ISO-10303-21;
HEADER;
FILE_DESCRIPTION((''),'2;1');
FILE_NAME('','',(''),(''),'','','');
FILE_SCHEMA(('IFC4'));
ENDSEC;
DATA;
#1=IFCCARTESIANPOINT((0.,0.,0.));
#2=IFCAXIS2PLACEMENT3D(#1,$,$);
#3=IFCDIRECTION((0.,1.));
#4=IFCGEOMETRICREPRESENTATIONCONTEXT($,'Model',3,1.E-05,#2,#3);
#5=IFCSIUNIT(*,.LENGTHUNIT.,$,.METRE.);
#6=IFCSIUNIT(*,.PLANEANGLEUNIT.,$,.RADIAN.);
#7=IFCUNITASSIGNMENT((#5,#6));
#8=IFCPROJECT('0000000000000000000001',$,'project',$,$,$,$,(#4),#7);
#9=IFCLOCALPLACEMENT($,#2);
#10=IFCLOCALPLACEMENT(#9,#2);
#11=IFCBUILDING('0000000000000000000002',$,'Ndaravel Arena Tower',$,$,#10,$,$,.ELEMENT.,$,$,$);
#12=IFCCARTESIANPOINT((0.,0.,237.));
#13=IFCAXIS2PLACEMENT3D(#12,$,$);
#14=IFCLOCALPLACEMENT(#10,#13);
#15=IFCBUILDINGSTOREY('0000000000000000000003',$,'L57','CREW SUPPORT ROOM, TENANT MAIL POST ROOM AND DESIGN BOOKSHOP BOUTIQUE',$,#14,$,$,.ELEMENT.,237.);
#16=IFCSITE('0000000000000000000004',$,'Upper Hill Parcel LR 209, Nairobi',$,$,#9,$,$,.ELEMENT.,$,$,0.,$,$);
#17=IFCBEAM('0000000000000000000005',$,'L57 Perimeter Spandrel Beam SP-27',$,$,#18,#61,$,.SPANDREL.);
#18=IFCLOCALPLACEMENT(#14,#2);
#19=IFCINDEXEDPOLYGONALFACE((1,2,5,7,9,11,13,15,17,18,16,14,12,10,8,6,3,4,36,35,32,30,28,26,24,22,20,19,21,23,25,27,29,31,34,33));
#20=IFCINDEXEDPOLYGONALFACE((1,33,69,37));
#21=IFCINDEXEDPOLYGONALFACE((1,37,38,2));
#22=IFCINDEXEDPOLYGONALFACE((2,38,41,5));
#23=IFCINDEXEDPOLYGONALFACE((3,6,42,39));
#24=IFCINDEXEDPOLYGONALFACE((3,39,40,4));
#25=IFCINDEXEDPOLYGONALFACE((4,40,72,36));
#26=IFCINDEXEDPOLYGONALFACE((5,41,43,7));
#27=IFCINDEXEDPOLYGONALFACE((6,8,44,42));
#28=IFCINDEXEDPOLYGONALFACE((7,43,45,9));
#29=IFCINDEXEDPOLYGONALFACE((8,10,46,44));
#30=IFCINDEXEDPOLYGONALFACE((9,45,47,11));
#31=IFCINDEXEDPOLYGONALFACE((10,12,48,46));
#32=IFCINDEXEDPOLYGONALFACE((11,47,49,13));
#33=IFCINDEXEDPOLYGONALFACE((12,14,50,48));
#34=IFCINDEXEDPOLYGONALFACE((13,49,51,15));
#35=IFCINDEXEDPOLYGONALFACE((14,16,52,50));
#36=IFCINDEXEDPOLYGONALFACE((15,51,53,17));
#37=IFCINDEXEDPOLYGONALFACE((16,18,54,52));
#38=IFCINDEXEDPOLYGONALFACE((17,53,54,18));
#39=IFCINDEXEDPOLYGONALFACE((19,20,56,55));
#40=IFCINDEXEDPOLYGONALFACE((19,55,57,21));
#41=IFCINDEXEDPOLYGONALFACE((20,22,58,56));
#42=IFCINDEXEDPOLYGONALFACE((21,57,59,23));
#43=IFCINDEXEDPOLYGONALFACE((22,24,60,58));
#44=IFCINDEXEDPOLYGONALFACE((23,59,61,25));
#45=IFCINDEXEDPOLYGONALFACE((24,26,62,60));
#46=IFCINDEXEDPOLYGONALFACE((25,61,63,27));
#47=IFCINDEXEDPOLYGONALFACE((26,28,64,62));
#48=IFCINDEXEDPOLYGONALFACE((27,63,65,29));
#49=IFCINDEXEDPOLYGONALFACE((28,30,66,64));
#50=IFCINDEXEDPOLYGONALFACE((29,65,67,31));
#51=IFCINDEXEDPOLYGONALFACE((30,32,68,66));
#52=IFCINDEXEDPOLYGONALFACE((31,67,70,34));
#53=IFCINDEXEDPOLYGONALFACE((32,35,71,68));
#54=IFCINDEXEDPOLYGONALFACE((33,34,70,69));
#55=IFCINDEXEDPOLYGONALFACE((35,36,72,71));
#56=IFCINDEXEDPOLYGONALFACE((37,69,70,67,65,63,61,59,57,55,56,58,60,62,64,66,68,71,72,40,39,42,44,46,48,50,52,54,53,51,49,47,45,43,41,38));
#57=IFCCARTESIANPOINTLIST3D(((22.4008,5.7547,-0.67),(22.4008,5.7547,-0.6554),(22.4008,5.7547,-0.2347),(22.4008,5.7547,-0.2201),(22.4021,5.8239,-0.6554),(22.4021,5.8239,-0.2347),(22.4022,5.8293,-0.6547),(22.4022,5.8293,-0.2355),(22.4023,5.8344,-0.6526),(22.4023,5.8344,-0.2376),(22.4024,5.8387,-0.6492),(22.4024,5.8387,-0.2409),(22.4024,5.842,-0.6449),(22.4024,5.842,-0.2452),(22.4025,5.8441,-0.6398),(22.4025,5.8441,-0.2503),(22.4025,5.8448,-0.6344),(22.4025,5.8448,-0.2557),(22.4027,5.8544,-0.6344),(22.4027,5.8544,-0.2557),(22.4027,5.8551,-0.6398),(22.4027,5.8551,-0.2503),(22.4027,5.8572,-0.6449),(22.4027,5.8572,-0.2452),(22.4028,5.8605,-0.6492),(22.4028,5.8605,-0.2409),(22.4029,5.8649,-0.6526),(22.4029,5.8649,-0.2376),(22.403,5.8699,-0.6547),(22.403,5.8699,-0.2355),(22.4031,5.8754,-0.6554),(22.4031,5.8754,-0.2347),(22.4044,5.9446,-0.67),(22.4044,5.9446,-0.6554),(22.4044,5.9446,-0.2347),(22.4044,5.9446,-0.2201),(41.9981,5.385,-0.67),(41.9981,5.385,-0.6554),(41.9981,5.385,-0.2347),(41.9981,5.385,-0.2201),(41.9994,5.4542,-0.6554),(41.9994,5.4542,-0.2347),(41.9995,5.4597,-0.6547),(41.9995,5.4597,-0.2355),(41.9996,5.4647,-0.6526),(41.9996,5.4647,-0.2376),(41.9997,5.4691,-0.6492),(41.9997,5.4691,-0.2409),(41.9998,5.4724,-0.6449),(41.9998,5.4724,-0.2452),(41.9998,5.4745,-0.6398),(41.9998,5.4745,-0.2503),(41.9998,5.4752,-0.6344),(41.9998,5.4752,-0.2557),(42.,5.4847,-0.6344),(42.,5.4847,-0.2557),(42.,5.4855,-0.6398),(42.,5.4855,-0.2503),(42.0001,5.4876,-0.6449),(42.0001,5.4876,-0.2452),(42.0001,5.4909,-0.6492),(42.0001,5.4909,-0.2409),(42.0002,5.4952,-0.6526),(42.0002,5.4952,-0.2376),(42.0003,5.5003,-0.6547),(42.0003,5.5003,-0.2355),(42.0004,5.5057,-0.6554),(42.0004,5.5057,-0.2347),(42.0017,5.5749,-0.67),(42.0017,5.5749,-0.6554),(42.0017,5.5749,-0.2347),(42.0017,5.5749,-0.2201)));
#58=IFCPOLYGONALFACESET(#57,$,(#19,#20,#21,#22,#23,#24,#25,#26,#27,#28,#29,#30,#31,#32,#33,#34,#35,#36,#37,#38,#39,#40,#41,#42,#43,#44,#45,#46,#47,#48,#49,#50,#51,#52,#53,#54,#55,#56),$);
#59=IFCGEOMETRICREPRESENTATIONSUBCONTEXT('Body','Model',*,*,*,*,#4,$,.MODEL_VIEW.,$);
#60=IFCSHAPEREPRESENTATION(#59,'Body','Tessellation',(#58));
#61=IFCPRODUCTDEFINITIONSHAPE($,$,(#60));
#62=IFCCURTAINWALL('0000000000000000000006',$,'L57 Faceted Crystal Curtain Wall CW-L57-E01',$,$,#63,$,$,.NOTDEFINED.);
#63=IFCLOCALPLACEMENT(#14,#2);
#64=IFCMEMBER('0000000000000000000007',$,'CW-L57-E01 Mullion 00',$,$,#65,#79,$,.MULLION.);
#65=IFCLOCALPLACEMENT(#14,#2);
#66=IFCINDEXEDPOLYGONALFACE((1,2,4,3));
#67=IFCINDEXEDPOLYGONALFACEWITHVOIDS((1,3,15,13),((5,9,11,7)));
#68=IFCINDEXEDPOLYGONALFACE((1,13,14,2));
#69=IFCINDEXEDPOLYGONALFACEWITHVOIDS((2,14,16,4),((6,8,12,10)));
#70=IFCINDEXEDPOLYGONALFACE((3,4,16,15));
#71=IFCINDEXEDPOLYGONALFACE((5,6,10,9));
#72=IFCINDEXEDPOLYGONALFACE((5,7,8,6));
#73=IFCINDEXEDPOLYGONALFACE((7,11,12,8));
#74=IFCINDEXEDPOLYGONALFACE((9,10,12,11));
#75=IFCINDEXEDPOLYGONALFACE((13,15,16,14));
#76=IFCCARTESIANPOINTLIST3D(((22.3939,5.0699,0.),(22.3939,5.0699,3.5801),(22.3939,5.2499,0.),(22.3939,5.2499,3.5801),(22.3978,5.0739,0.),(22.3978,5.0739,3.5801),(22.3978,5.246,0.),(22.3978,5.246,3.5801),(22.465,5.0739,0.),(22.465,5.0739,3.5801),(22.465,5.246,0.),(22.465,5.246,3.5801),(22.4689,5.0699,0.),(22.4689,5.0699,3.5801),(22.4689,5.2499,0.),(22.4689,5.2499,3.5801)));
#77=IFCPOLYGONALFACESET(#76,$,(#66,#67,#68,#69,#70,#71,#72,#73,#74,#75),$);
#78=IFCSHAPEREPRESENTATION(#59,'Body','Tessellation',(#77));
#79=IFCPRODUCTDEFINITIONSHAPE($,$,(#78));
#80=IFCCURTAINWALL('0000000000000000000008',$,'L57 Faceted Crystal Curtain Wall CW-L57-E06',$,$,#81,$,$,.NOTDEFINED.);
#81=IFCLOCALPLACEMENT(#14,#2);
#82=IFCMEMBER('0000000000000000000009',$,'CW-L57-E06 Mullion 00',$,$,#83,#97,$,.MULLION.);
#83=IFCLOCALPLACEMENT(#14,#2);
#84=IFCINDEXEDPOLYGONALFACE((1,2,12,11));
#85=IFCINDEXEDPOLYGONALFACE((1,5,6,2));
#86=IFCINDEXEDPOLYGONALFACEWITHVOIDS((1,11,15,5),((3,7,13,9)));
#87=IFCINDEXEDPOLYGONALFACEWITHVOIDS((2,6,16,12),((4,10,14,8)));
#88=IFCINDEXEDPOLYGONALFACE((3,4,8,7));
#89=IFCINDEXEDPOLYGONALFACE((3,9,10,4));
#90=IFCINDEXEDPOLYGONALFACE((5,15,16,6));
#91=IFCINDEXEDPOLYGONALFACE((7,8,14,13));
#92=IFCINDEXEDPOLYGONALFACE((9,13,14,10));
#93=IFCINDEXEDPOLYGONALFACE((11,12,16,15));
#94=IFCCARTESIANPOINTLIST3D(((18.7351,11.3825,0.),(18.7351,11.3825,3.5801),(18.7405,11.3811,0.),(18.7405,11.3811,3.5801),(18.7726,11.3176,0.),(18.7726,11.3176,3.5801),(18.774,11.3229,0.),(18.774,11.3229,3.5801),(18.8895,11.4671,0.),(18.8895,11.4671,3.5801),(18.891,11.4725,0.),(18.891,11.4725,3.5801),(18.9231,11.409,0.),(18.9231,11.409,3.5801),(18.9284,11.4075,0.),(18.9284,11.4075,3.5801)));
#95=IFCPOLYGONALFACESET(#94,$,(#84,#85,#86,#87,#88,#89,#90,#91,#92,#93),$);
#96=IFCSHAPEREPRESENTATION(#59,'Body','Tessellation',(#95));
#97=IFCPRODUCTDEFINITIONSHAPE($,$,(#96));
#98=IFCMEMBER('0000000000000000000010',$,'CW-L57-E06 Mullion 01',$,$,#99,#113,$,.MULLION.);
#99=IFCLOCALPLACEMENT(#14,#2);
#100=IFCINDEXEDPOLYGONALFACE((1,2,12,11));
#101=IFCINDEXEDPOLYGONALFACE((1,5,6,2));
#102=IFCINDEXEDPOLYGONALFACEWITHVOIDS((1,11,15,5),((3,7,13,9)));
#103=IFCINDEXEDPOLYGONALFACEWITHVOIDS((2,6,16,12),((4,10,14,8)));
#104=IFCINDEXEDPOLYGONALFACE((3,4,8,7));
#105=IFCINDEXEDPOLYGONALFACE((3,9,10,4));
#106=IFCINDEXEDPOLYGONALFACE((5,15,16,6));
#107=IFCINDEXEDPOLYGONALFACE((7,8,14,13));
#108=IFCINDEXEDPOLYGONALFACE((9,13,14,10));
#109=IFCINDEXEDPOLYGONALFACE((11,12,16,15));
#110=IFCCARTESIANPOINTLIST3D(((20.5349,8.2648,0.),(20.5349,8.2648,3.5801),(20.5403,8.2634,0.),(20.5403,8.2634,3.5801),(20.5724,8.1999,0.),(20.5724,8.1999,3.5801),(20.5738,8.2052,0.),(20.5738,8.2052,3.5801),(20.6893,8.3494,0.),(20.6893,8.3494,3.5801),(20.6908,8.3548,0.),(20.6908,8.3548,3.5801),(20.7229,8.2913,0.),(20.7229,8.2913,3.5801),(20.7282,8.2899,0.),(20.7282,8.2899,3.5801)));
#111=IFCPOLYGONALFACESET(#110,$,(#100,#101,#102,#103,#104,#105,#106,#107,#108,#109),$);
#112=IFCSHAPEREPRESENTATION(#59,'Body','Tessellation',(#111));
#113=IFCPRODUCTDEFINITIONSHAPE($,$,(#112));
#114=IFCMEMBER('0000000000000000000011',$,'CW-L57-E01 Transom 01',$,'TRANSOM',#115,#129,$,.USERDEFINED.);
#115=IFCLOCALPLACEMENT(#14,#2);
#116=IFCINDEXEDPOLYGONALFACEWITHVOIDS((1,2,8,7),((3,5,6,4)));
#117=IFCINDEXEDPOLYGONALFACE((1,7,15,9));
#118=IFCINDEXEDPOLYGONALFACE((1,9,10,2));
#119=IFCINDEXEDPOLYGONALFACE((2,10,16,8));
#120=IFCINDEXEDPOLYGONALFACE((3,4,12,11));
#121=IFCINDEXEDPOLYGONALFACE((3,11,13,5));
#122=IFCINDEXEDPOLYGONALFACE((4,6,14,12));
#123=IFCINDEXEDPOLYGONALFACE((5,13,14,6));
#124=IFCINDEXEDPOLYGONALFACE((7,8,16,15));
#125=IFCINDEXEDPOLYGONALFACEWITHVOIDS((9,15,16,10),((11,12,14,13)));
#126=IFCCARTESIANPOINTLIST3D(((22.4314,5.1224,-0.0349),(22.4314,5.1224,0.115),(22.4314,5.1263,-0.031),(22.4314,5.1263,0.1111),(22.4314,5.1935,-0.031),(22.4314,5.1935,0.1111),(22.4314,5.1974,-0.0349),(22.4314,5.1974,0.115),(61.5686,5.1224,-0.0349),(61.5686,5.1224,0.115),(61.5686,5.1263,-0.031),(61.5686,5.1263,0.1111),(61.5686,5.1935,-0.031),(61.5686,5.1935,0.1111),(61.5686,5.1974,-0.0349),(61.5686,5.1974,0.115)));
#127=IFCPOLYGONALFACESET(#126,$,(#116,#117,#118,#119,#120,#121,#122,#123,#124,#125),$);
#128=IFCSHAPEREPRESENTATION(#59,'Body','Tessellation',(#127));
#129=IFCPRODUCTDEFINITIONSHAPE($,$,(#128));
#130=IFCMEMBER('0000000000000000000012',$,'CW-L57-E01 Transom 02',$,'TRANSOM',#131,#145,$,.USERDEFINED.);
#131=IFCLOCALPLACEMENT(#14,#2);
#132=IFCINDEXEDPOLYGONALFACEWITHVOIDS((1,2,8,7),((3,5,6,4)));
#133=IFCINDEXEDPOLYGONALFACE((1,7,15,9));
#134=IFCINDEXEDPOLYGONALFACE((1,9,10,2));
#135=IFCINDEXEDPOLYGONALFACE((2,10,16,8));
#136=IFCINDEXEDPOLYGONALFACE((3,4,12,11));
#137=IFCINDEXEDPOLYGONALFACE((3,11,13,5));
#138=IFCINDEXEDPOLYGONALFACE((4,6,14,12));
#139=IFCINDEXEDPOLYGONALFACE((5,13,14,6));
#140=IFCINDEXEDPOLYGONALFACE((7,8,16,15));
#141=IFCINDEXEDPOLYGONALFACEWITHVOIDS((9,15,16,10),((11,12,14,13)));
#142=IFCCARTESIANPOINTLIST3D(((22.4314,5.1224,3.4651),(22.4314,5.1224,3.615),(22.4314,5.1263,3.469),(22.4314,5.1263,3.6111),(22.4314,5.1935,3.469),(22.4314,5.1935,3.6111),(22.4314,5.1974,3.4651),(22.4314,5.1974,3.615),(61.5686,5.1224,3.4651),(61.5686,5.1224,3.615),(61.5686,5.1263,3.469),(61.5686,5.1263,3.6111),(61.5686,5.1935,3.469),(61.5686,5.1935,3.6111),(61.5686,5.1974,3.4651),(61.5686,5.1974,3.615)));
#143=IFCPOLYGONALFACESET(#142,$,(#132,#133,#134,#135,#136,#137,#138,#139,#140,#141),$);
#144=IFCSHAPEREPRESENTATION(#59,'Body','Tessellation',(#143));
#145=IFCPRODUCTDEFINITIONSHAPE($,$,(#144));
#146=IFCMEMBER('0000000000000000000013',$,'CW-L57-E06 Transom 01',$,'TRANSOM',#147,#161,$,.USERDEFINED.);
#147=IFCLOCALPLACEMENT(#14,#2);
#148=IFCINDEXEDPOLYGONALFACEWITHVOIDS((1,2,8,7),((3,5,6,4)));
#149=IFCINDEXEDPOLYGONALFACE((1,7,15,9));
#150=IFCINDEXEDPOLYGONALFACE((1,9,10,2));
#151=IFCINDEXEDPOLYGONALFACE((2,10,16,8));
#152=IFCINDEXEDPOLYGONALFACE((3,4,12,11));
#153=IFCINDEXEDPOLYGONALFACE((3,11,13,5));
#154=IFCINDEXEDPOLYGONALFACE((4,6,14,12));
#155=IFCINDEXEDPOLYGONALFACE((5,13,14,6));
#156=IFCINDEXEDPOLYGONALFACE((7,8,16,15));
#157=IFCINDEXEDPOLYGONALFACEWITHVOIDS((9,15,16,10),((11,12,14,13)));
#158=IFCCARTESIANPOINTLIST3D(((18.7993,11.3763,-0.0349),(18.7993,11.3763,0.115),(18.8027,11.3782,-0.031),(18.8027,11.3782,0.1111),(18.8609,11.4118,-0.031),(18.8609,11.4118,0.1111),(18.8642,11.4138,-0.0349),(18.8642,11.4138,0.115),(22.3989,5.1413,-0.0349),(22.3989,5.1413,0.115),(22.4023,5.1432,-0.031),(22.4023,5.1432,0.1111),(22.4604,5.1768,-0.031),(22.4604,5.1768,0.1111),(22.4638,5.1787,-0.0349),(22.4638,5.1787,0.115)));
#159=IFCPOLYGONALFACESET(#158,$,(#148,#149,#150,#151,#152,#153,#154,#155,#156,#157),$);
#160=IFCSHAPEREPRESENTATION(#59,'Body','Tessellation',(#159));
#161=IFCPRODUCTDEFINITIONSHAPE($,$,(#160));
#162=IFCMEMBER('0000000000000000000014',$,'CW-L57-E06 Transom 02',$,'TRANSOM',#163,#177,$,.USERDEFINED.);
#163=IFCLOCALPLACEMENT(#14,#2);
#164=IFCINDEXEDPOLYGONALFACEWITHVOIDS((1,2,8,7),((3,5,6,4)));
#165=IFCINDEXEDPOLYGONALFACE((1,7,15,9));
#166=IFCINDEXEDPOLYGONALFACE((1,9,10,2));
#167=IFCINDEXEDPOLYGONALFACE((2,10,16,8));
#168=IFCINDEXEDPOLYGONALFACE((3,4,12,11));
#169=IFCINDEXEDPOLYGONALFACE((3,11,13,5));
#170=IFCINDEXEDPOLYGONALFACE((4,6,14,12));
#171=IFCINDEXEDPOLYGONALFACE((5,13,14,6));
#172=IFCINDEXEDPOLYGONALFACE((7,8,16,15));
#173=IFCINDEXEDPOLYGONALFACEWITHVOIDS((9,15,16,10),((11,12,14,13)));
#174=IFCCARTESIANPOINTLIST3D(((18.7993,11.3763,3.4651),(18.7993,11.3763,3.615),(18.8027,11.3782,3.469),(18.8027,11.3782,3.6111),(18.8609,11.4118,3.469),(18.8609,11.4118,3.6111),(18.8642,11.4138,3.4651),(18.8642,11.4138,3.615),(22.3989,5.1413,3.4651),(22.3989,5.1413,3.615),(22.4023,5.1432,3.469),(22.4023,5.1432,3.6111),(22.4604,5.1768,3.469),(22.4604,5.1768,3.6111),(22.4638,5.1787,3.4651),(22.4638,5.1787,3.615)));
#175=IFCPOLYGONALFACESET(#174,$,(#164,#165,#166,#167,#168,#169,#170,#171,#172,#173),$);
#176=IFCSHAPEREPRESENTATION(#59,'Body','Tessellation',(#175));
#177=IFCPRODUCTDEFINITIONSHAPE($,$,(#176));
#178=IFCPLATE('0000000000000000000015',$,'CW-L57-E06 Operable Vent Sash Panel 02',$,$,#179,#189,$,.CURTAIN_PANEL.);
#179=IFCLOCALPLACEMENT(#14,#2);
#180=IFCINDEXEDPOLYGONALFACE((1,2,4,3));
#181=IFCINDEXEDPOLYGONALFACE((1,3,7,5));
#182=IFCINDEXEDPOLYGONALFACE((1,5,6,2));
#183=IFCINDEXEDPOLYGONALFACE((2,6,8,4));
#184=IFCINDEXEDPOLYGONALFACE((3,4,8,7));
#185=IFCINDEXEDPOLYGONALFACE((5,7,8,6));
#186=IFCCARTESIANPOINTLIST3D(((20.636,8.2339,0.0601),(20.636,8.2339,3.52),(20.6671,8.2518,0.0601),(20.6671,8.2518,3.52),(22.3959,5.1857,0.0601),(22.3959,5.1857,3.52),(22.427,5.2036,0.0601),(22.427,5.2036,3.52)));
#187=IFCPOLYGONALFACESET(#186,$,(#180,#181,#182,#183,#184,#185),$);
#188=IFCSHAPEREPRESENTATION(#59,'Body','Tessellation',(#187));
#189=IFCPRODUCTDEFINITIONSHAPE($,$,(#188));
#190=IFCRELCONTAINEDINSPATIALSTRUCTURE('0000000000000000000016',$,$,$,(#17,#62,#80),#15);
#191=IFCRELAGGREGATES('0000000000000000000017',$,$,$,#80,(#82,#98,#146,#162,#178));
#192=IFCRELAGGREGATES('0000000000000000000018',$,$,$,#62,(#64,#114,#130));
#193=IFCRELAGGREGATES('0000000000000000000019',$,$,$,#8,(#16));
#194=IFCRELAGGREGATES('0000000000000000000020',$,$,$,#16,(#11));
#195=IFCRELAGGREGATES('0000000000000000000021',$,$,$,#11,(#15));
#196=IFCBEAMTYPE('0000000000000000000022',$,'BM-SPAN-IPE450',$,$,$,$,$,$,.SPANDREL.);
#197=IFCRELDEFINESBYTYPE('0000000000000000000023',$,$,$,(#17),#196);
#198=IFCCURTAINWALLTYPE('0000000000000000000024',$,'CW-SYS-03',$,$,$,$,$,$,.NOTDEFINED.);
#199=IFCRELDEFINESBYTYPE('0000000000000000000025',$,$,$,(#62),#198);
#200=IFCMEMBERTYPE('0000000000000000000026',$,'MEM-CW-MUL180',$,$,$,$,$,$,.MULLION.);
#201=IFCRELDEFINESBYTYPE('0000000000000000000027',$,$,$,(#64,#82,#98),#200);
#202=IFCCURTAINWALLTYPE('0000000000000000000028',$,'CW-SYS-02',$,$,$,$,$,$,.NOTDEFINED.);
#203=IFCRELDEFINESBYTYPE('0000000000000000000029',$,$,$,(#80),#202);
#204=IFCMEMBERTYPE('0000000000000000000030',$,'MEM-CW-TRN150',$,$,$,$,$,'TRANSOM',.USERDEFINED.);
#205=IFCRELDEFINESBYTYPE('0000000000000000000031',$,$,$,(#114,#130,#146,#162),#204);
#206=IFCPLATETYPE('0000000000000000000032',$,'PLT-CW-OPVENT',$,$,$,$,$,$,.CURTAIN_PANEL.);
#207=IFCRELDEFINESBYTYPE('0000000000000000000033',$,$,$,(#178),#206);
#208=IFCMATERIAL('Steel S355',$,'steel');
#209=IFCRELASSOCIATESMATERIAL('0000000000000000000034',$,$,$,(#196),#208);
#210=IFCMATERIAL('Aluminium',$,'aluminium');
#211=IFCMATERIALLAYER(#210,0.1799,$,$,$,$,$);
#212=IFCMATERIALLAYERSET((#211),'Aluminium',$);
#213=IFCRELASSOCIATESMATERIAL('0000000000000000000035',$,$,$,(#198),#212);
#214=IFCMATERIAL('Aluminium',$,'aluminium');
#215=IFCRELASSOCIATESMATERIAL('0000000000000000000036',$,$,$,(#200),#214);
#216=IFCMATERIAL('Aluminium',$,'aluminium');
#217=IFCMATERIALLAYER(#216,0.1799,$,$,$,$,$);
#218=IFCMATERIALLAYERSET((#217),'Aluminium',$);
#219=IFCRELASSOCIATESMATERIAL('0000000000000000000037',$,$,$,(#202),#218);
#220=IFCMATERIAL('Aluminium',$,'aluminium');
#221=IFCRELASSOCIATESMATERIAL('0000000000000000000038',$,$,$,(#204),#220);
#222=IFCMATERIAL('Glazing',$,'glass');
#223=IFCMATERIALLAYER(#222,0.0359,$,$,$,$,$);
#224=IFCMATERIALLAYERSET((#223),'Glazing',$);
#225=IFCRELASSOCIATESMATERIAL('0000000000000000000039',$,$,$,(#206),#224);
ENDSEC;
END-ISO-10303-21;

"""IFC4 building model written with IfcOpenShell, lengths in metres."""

from ifc_helpers import new_model, si_unit, direction, frame, origin, origin_2d, place, context, subcontext, project, spatial, rectangle, hollow_rectangle, i_section, extrude, material, layer, layer_set, material_profile, profile_set, type_object, element, aggregate, save


model = new_model("IFC4")

# Units and contexts
model_context = context("Model", 3, precision=1e-05, world=origin(), true_north=direction((0.0, 1.0)))
body_context = subcontext(model_context, "Body", "Model", "MODEL_VIEW")
ifc_project = project(units=[si_unit("LENGTHUNIT", "METRE"), si_unit("PLANEANGLEUNIT", "RADIAN")], contexts=[model_context])

# Site, building, storey
site_placement = place(None, origin())
site = spatial("IfcSite", under=ifc_project, at=site_placement, Name="Upper Hill Parcel LR 209, Nairobi", CompositionType="ELEMENT", RefElevation=0.0)
building_placement = place(site_placement, origin())
building = spatial("IfcBuilding", under=site, at=building_placement, Name="Ndaravel Arena Tower", CompositionType="ELEMENT")
storey_placement = place(building_placement, frame((0.0, 0.0, 237.0)))
storey = spatial("IfcBuildingStorey", under=building, at=storey_placement, Name="L57", Description="CREW SUPPORT ROOM, TENANT MAIL POST ROOM AND DESIGN BOOKSHOP BOUTIQUE", CompositionType="ELEMENT", Elevation=237.0)

# Beam
ifc_material_1 = material(Name="Steel S355", Category="steel")
ifc_material_profile_1 = material_profile(ifc_material_1, i_section(OverallWidth=0.1899, OverallDepth=0.45, WebThickness=0.0095, FlangeThickness=0.0146, FilletRadius=0.021, at=origin_2d()), Name="IPE 450")
ifc_profile_set_1 = profile_set([ifc_material_profile_1], Name="Steel S355")
beam_type = type_object("IfcBeamType", Name="BM-SPAN-IPE450", PredefinedType="SPANDREL", material=ifc_profile_set_1)
beam_1_placement = place(storey_placement, frame((22.4026, 5.8496, -0.4451), z_axis=(0.999822, -0.018858, 0.0), x_axis=(0.018858, 0.999822, 0.0)))
element("IfcBeam", 1, at=beam_1_placement, inside=storey, type_object=beam_type, Name="L57 Perimeter Spandrel Beam SP-27", PredefinedType="SPANDREL", context=body_context, shape_type="SweptSolid", body=[
    extrude(i_section(OverallWidth=0.1899, OverallDepth=0.45, WebThickness=0.0095, FlangeThickness=0.0146, FilletRadius=0.021, at=origin_2d()), origin(), (0.0, 0.0, 1.0), 19.6008),
])

# Curtain wall, member
ifc_material_2 = material(Name="Aluminium", Category="aluminium")
ifc_layer_1 = layer(ifc_material_2, 0.1799)
ifc_layer_set_1 = layer_set([ifc_layer_1], Name="Aluminium")
curtain_wall_type_1 = type_object("IfcCurtainWallType", Name="CW-SYS-03", PredefinedType="NOTDEFINED", material=ifc_layer_set_1)
curtain_wall_1_placement = place(storey_placement, origin())
curtain_wall_1 = element("IfcCurtainWall", 2, at=curtain_wall_1_placement, inside=storey, type_object=curtain_wall_type_1, Name="L57 Faceted Crystal Curtain Wall CW-L57-E01", PredefinedType="NOTDEFINED")
ifc_material_3 = material(Name="Aluminium", Category="aluminium")
ifc_material_profile_2 = material_profile(ifc_material_3, hollow_rectangle(XDim=0.075, YDim=0.1799, WallThickness=0.0039, at=origin_2d()), Name="CW MULLION 75x180x4")
ifc_profile_set_2 = profile_set([ifc_material_profile_2], Name="Aluminium")
member_type_1 = type_object("IfcMemberType", Name="MEM-CW-MUL180", PredefinedType="MULLION", material=ifc_profile_set_2)
member_1_placement = place(storey_placement, frame((22.4314, 5.1599, 0.0), z_axis=(0.0, 0.0, 1.0), x_axis=(1.0, 0.0, 0.0)))
member_1 = element("IfcMember", 3, at=member_1_placement, type_object=member_type_1, Name="CW-L57-E01 Mullion 00", PredefinedType="MULLION", context=body_context, shape_type="SweptSolid", body=[
    extrude(hollow_rectangle(XDim=0.075, YDim=0.1799, WallThickness=0.0039, at=origin_2d()), origin(), (0.0, 0.0, 1.0), 3.5801),
])

# Curtain wall, members
ifc_material_4 = material(Name="Aluminium", Category="aluminium")
ifc_layer_2 = layer(ifc_material_4, 0.1799)
ifc_layer_set_2 = layer_set([ifc_layer_2], Name="Aluminium")
curtain_wall_type_2 = type_object("IfcCurtainWallType", Name="CW-SYS-02", PredefinedType="NOTDEFINED", material=ifc_layer_set_2)
curtain_wall_2_placement = place(storey_placement, origin())
curtain_wall_2 = element("IfcCurtainWall", 4, at=curtain_wall_2_placement, inside=storey, type_object=curtain_wall_type_2, Name="L57 Faceted Crystal Curtain Wall CW-L57-E06", PredefinedType="NOTDEFINED")
member_2_placement = place(storey_placement, frame((18.8318, 11.395, 0.0), z_axis=(0.0, 0.0, 1.0), x_axis=(0.499985, -0.866034, 0.0)))
member_2 = element("IfcMember", 5, at=member_2_placement, type_object=member_type_1, Name="CW-L57-E06 Mullion 00", PredefinedType="MULLION", context=body_context, shape_type="SweptSolid", body=[
    extrude(hollow_rectangle(XDim=0.075, YDim=0.1799, WallThickness=0.0039, at=origin_2d()), origin(), (0.0, 0.0, 1.0), 3.5801),
])
member_3_placement = place(storey_placement, frame((20.6316, 8.2773, 0.0), z_axis=(0.0, 0.0, 1.0), x_axis=(0.499985, -0.866034, 0.0)))
member_3 = element("IfcMember", 6, at=member_3_placement, type_object=member_type_1, Name="CW-L57-E06 Mullion 01", PredefinedType="MULLION", context=body_context, shape_type="SweptSolid", body=[
    extrude(hollow_rectangle(XDim=0.075, YDim=0.1799, WallThickness=0.0039, at=origin_2d()), origin(), (0.0, 0.0, 1.0), 3.5801),
])

# Members
ifc_material_5 = material(Name="Aluminium", Category="aluminium")
ifc_material_profile_3 = material_profile(ifc_material_5, hollow_rectangle(XDim=0.075, YDim=0.1499, WallThickness=0.0039, at=origin_2d()), Name="CW TRANSOM 75x150x4")
ifc_profile_set_3 = profile_set([ifc_material_profile_3], Name="Aluminium")
member_type_2 = type_object("IfcMemberType", Name="MEM-CW-TRN150", ElementType="TRANSOM", PredefinedType="USERDEFINED", material=ifc_profile_set_3)
member_4_placement = place(storey_placement, frame((22.4314, 5.1599, 0.04), z_axis=(1.0, 0.0, 0.0), x_axis=(0.0, 1.0, 0.0)))
member_4 = element("IfcMember", 7, at=member_4_placement, type_object=member_type_2, Name="CW-L57-E01 Transom 01", ObjectType="TRANSOM", PredefinedType="USERDEFINED", context=body_context, shape_type="SweptSolid", body=[
    extrude(hollow_rectangle(XDim=0.075, YDim=0.1499, WallThickness=0.0039, at=origin_2d()), origin(), (0.0, 0.0, 1.0), 39.1372),
])
member_5_placement = place(storey_placement, frame((22.4314, 5.1599, 3.54), z_axis=(1.0, 0.0, 0.0), x_axis=(0.0, 1.0, 0.0)))
member_5 = element("IfcMember", 8, at=member_5_placement, type_object=member_type_2, Name="CW-L57-E01 Transom 02", ObjectType="TRANSOM", PredefinedType="USERDEFINED", context=body_context, shape_type="SweptSolid", body=[
    extrude(hollow_rectangle(XDim=0.075, YDim=0.1499, WallThickness=0.0039, at=origin_2d()), origin(), (0.0, 0.0, 1.0), 39.1372),
])
member_6_placement = place(storey_placement, frame((18.8318, 11.395, 0.04), z_axis=(0.499976, -0.866039, 0.0), x_axis=(0.866039, 0.499976, 0.0)))
member_6 = element("IfcMember", 9, at=member_6_placement, type_object=member_type_2, Name="CW-L57-E06 Transom 01", ObjectType="TRANSOM", PredefinedType="USERDEFINED", context=body_context, shape_type="SweptSolid", body=[
    extrude(hollow_rectangle(XDim=0.075, YDim=0.1499, WallThickness=0.0039, at=origin_2d()), origin(), (0.0, 0.0, 1.0), 7.1995),
])
member_7_placement = place(storey_placement, frame((18.8318, 11.395, 3.54), z_axis=(0.499976, -0.866039, 0.0), x_axis=(0.866039, 0.499976, 0.0)))
member_7 = element("IfcMember", 10, at=member_7_placement, type_object=member_type_2, Name="CW-L57-E06 Transom 02", ObjectType="TRANSOM", PredefinedType="USERDEFINED", context=body_context, shape_type="SweptSolid", body=[
    extrude(hollow_rectangle(XDim=0.075, YDim=0.1499, WallThickness=0.0039, at=origin_2d()), origin(), (0.0, 0.0, 1.0), 7.1995),
])

# Plate
ifc_material_6 = material(Name="Glazing", Category="glass")
ifc_layer_3 = layer(ifc_material_6, 0.0359)
ifc_layer_set_3 = layer_set([ifc_layer_3], Name="Glazing")
plate_type_1 = type_object("IfcPlateType", Name="PLT-CW-OPVENT", PredefinedType="CURTAIN_PANEL", material=ifc_layer_set_3)
plate_1_placement = place(storey_placement, frame((21.5315, 6.7188, 0.0601), z_axis=(0.0, 0.0, 1.0), x_axis=(0.499985, -0.866034, 0.0)))
plate_1 = element("IfcPlate", 11, at=plate_1_placement, type_object=plate_type_1, Name="CW-L57-E06 Operable Vent Sash Panel 02", PredefinedType="CURTAIN_PANEL", context=body_context, shape_type="SweptSolid", body=[
    extrude(rectangle(XDim=3.5198, YDim=0.0359, at=origin_2d()), origin(), (0.0, 0.0, 1.0), 3.46),
])
aggregate(curtain_wall_2, [member_2, member_3, member_6, member_7, plate_1])
aggregate(curtain_wall_1, [member_1, member_4, member_5])

save(model, "model.ifc")
